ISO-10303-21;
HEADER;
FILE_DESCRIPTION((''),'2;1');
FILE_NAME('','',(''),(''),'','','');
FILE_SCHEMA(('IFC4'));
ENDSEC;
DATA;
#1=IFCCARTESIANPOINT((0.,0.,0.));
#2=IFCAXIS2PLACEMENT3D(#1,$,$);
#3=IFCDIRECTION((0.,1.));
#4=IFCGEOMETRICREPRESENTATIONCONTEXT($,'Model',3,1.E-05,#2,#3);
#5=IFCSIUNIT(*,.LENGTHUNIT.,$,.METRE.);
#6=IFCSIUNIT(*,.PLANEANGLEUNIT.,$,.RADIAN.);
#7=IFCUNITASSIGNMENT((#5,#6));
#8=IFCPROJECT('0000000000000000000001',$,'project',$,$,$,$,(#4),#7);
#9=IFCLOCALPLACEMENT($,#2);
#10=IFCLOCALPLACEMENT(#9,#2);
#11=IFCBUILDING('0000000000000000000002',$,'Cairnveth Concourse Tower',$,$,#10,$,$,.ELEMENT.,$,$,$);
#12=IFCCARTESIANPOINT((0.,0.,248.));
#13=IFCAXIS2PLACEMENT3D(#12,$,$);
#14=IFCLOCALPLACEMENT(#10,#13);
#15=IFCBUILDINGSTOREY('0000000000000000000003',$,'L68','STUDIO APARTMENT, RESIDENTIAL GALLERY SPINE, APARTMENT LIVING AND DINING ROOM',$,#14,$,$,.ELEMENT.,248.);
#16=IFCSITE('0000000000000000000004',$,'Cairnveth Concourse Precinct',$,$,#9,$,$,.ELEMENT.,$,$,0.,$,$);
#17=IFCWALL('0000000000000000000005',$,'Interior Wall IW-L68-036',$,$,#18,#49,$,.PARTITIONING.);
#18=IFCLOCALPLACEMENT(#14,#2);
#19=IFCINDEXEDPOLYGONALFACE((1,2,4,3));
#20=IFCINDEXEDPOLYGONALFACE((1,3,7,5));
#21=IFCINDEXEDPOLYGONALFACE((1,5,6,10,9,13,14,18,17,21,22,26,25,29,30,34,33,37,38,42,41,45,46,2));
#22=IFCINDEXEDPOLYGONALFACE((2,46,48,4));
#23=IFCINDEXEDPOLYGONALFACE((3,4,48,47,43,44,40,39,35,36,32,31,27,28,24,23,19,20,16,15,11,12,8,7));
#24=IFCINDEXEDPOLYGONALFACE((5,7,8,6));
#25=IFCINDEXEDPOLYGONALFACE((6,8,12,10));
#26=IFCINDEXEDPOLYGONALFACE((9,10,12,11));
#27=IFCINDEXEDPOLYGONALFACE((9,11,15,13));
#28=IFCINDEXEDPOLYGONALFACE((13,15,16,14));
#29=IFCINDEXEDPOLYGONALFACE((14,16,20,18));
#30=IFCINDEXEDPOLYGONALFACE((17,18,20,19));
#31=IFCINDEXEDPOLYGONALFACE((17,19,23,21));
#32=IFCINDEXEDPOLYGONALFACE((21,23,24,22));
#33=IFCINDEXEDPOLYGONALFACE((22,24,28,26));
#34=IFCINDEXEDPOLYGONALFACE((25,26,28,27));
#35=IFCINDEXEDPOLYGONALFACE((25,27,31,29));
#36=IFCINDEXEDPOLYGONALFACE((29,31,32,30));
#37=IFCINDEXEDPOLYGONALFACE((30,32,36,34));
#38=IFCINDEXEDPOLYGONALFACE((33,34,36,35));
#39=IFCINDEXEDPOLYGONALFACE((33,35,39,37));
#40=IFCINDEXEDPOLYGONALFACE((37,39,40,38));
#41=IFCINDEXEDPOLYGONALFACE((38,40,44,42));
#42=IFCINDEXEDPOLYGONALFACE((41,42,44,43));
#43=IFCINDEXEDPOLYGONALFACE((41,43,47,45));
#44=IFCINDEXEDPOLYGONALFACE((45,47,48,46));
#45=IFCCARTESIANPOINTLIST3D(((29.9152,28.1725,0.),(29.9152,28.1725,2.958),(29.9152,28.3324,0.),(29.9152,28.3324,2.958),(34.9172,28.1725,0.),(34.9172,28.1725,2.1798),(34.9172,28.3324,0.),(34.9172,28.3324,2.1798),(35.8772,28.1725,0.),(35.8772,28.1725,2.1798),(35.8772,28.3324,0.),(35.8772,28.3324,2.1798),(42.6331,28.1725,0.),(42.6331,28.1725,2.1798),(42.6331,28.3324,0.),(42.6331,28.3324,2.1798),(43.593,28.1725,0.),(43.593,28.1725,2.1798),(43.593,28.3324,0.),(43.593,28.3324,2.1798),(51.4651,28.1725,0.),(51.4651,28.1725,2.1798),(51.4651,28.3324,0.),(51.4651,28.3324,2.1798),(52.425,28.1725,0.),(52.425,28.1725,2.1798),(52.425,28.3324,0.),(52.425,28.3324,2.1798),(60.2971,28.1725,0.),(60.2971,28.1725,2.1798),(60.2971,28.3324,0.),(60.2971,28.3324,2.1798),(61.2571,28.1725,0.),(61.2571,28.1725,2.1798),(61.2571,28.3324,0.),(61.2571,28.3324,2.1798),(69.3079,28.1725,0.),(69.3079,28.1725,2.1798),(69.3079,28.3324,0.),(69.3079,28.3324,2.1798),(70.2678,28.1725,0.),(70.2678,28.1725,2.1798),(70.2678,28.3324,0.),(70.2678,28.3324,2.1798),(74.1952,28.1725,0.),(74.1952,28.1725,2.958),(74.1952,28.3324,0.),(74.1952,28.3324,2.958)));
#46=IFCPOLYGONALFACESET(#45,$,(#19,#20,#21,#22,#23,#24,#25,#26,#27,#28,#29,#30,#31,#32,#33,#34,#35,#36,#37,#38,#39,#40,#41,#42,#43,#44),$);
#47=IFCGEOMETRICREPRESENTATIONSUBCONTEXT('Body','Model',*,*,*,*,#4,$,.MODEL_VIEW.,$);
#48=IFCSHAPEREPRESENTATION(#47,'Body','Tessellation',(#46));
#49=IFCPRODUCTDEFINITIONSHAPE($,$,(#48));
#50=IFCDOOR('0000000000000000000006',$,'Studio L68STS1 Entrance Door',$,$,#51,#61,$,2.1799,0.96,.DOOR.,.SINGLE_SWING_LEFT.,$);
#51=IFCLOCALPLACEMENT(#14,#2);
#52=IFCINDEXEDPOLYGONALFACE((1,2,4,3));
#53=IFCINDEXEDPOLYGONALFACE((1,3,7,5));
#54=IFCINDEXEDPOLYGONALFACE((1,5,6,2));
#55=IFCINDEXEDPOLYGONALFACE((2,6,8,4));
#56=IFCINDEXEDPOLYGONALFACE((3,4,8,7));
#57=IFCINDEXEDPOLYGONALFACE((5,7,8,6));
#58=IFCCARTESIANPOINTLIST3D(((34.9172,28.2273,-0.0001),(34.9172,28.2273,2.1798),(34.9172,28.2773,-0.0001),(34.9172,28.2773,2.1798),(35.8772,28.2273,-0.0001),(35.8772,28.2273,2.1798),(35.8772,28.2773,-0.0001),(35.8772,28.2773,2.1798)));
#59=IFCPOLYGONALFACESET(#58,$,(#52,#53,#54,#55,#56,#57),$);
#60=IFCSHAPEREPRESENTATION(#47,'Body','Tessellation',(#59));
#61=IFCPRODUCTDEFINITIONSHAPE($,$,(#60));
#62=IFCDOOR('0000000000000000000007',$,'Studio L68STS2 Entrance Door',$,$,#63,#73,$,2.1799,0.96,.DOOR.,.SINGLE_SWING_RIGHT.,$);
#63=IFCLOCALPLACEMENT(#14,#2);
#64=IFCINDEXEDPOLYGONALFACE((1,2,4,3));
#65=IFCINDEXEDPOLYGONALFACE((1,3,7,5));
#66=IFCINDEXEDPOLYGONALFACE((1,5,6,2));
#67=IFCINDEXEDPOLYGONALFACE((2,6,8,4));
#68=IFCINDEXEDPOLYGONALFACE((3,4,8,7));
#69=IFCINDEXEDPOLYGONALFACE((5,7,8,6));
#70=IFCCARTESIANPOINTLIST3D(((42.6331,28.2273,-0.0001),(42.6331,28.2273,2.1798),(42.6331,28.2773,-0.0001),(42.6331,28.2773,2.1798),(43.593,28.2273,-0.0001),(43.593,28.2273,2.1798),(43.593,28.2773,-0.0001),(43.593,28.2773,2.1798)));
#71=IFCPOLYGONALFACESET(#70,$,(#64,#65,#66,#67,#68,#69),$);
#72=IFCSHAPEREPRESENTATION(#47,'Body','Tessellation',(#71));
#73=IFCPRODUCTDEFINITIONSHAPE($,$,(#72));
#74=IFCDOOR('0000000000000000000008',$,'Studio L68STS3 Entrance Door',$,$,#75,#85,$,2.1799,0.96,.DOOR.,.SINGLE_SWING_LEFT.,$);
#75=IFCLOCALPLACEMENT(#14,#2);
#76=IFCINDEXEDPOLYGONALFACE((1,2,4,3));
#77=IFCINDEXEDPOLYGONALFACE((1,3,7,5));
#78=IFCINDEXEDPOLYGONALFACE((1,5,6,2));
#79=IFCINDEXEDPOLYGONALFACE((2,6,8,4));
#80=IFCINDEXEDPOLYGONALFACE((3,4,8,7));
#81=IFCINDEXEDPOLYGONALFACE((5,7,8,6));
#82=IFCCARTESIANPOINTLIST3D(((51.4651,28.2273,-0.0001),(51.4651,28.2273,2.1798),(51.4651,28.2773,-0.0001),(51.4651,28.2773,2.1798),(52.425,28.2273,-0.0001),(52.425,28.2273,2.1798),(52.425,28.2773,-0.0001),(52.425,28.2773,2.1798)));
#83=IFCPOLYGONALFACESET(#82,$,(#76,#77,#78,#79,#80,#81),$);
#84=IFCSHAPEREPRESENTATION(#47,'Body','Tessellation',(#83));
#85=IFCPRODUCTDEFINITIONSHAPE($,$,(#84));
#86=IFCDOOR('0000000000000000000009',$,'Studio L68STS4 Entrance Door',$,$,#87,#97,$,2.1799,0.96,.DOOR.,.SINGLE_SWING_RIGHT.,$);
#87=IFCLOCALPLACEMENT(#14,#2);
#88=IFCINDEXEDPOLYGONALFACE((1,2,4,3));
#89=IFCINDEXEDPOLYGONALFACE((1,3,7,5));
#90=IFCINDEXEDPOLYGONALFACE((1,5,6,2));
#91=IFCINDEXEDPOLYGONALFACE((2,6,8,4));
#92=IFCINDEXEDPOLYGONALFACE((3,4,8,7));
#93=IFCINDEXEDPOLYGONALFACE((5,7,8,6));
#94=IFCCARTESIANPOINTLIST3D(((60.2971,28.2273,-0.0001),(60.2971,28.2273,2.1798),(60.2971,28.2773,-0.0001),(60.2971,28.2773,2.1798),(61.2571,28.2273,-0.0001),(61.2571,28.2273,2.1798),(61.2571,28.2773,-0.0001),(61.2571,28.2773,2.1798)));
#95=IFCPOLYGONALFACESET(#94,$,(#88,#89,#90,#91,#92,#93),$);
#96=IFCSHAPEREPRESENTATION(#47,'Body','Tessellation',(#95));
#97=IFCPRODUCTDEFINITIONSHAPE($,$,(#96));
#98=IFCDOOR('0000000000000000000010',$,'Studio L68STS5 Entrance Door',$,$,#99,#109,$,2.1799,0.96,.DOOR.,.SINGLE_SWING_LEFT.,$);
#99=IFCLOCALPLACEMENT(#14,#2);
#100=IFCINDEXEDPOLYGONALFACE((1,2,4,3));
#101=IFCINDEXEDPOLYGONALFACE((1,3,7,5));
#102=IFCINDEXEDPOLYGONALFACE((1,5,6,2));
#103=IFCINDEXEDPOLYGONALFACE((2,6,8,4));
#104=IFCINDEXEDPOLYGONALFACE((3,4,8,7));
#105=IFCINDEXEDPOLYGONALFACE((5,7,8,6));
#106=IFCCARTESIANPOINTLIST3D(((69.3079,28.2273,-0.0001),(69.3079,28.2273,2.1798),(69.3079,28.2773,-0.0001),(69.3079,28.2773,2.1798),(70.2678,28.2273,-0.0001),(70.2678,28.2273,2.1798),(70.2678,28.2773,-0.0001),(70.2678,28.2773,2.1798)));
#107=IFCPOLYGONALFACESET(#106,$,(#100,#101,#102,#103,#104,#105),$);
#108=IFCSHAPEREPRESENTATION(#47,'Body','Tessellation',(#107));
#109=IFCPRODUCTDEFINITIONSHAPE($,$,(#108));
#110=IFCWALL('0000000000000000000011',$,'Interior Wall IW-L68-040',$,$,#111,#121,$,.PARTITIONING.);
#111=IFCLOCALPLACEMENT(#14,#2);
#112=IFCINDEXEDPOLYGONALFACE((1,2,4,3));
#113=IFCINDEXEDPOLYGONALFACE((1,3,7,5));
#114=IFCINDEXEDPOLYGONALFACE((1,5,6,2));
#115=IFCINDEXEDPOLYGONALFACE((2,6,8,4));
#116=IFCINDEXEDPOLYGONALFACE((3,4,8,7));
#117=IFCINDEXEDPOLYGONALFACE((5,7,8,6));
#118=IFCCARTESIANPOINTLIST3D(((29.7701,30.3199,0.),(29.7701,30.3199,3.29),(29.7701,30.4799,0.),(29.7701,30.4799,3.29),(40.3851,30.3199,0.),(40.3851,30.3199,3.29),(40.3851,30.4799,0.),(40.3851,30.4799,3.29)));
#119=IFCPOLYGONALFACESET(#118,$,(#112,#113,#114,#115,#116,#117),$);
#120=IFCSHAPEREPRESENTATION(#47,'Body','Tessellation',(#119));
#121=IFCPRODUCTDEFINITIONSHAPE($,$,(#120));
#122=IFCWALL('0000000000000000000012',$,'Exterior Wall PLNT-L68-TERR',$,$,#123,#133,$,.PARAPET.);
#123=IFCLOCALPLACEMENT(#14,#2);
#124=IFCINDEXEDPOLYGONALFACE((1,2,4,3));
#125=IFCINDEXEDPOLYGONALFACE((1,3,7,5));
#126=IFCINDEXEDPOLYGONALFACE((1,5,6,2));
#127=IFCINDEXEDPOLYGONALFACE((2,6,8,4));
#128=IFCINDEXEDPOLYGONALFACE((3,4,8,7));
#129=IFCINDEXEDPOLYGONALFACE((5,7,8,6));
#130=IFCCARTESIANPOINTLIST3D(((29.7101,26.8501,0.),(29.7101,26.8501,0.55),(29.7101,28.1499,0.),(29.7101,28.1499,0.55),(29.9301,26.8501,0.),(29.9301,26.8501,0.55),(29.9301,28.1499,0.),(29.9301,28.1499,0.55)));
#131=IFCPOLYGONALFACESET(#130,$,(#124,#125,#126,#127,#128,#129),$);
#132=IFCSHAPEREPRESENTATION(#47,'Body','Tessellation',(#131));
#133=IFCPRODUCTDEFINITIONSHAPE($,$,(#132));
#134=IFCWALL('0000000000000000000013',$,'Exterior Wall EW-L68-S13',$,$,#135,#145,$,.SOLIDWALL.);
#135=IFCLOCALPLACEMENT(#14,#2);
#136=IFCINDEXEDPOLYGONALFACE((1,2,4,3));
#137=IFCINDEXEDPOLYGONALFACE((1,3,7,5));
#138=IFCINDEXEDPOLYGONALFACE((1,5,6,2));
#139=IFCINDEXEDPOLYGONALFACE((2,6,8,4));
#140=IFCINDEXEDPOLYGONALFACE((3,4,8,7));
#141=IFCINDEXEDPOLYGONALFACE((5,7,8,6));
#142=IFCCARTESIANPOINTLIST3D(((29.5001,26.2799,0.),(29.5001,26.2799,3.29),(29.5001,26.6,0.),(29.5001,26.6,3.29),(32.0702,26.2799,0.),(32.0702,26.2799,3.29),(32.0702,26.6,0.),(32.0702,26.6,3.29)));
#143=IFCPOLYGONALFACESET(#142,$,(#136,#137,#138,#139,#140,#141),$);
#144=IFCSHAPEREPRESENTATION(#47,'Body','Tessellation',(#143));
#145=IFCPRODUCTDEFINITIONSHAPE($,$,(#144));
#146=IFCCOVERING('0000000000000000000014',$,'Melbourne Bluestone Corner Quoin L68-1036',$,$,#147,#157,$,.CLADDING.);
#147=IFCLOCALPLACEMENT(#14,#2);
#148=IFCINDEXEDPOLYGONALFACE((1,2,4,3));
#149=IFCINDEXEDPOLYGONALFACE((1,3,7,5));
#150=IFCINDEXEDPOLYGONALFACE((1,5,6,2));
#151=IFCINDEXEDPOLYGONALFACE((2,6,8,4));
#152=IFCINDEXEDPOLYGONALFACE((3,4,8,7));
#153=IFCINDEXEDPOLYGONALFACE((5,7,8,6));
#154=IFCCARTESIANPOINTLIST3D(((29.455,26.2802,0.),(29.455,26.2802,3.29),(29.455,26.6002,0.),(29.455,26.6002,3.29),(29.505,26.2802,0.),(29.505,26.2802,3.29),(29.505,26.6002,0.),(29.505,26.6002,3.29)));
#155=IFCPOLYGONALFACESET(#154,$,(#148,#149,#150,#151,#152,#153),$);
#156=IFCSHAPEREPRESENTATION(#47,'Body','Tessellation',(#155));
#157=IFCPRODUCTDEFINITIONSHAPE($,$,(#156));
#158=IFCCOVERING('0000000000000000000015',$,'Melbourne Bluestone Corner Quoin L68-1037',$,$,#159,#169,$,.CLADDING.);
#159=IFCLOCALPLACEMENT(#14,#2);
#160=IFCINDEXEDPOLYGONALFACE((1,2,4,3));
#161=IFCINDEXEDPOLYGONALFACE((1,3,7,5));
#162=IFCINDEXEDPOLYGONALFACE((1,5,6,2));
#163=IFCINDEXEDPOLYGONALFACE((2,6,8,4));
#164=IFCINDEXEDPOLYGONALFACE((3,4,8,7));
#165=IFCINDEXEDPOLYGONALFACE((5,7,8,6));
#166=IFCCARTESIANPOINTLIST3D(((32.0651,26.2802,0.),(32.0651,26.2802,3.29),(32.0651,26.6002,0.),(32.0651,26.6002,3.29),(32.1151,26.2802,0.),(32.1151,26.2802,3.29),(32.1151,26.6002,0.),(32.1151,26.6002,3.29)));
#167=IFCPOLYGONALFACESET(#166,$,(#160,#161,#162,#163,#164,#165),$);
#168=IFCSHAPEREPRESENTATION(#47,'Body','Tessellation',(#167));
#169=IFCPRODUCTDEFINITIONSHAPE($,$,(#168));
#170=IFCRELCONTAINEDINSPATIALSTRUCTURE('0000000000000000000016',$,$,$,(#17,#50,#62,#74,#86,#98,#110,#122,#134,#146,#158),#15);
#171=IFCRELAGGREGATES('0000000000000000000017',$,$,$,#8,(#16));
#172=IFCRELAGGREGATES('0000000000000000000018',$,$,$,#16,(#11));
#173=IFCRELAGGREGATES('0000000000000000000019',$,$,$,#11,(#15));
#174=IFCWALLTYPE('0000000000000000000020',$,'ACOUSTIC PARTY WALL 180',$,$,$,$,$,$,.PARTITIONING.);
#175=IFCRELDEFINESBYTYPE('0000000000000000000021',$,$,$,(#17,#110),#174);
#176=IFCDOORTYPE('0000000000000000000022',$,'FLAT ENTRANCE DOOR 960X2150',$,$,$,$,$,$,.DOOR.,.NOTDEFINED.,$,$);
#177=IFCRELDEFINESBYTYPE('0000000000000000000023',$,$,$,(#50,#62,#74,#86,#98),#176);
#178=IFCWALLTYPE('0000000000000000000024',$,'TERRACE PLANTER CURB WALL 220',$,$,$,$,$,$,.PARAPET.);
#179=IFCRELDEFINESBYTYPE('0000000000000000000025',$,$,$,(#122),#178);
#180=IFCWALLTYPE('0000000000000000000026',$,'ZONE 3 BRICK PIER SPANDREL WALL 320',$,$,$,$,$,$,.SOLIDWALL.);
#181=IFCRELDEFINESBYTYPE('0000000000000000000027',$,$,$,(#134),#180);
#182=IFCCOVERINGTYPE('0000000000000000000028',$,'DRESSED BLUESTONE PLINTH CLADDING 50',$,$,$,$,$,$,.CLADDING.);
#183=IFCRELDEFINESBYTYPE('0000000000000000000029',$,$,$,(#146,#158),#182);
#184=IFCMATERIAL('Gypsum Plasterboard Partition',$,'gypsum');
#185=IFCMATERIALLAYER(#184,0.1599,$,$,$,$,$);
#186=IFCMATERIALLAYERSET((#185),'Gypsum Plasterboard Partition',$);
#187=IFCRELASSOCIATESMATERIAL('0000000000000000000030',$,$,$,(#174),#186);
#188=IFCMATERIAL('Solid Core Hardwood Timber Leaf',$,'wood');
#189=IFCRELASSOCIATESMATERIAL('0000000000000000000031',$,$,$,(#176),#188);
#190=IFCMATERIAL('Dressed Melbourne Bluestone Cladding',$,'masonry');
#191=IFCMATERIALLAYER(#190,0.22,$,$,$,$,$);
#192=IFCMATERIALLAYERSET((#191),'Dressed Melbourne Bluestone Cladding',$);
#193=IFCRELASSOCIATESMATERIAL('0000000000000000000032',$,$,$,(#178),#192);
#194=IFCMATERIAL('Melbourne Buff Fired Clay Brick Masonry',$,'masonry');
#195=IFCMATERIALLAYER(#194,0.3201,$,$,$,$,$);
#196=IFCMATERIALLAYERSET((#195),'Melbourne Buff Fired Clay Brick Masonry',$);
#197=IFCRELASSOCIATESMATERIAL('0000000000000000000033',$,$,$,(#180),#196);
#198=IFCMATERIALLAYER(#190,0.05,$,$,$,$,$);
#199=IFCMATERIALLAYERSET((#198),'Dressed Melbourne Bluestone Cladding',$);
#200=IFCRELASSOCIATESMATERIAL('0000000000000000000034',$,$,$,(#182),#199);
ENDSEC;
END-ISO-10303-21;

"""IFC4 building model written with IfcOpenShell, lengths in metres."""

from ifc_helpers import new_model, si_unit, direction, frame, frame_2d, origin, place, context, subcontext, project, spatial, rectangle, extrude, material, layer, layer_set, type_object, element, fill, save


model = new_model("IFC4")

# Units and contexts
model_context = context("Model", 3, precision=1e-05, world=origin(), true_north=direction((0.0, 1.0)))
body_context = subcontext(model_context, "Body", "Model", "MODEL_VIEW")
ifc_project = project(units=[si_unit("LENGTHUNIT", "METRE"), si_unit("PLANEANGLEUNIT", "RADIAN")], contexts=[model_context])

# Site, building, storey
site_placement = place(None, origin())
site = spatial("IfcSite", under=ifc_project, at=site_placement, Name="Cairnveth Concourse Precinct", CompositionType="ELEMENT", RefElevation=0.0)
building_placement = place(site_placement, origin())
building = spatial("IfcBuilding", under=site, at=building_placement, Name="Cairnveth Concourse Tower", CompositionType="ELEMENT")
storey_placement = place(building_placement, frame((0.0, 0.0, 248.0)))
storey = spatial("IfcBuildingStorey", under=building, at=storey_placement, Name="L68", Description="STUDIO APARTMENT, RESIDENTIAL GALLERY SPINE, APARTMENT LIVING AND DINING ROOM", CompositionType="ELEMENT", Elevation=248.0)

# Wall, openings, doors
ifc_material_1 = material(Name="Gypsum Plasterboard Partition", Category="gypsum")
ifc_layer_1 = layer(ifc_material_1, 0.1599)
ifc_layer_set_1 = layer_set([ifc_layer_1], Name="Gypsum Plasterboard Partition")
wall_type_1 = type_object("IfcWallType", Name="ACOUSTIC PARTY WALL 180", PredefinedType="PARTITIONING", material=ifc_layer_set_1)
wall_1_placement = place(storey_placement, frame((29.915, 28.2524, 0.0), z_axis=(0.0, 0.0, 1.0), x_axis=(1.0, 0.0, 0.0)))
wall_1 = element("IfcWall", 1, at=wall_1_placement, inside=storey, type_object=wall_type_1, Name="Interior Wall IW-L68-036", PredefinedType="PARTITIONING", context=body_context, shape_type="SweptSolid", body=[
    extrude(rectangle(XDim=44.28, YDim=0.1599, at=frame_2d((22.1401, 0.0))), origin(), (0.0, 0.0, 1.0), 2.958),
])
opening_1_placement = place(wall_1_placement, frame((5.0022, 0.0, 0.0)))
opening_1 = element("IfcOpeningElement", 2, at=opening_1_placement, cuts=wall_1, PredefinedType="OPENING", context=body_context, shape_type="SweptSolid", body=[
    extrude(rectangle(XDim=0.96, YDim=2.1799, at=frame_2d((0.48, 1.0898))), frame((0.0, 0.0898, 0.0), z_axis=(0.0, -1.0, 0.0), x_axis=(1.0, 0.0, 0.0)), (0.0, 0.0, 1.0), 0.1799),
])
opening_2_placement = place(wall_1_placement, frame((12.718, 0.0, 0.0)))
opening_2 = element("IfcOpeningElement", 3, at=opening_2_placement, cuts=wall_1, PredefinedType="OPENING", context=body_context, shape_type="SweptSolid", body=[
    extrude(rectangle(XDim=0.96, YDim=2.1799, at=frame_2d((0.48, 1.0898))), frame((0.0, 0.0898, 0.0), z_axis=(0.0, -1.0, 0.0), x_axis=(1.0, 0.0, 0.0)), (0.0, 0.0, 1.0), 0.1799),
])
opening_3_placement = place(wall_1_placement, frame((21.55, 0.0, 0.0)))
opening_3 = element("IfcOpeningElement", 4, at=opening_3_placement, cuts=wall_1, PredefinedType="OPENING", context=body_context, shape_type="SweptSolid", body=[
    extrude(rectangle(XDim=0.96, YDim=2.1799, at=frame_2d((0.48, 1.0898))), frame((0.0, 0.0898, 0.0), z_axis=(0.0, -1.0, 0.0), x_axis=(1.0, 0.0, 0.0)), (0.0, 0.0, 1.0), 0.1799),
])
opening_4_placement = place(wall_1_placement, frame((30.3821, 0.0, 0.0)))
opening_4 = element("IfcOpeningElement", 5, at=opening_4_placement, cuts=wall_1, PredefinedType="OPENING", context=body_context, shape_type="SweptSolid", body=[
    extrude(rectangle(XDim=0.96, YDim=2.1799, at=frame_2d((0.48, 1.0898))), frame((0.0, 0.0898, 0.0), z_axis=(0.0, -1.0, 0.0), x_axis=(1.0, 0.0, 0.0)), (0.0, 0.0, 1.0), 0.1799),
])
opening_5_placement = place(wall_1_placement, frame((39.3928, 0.0, 0.0)))
opening_5 = element("IfcOpeningElement", 6, at=opening_5_placement, cuts=wall_1, PredefinedType="OPENING", context=body_context, shape_type="SweptSolid", body=[
    extrude(rectangle(XDim=0.96, YDim=2.1799, at=frame_2d((0.48, 1.0898))), frame((0.0, 0.0898, 0.0), z_axis=(0.0, -1.0, 0.0), x_axis=(1.0, 0.0, 0.0)), (0.0, 0.0, 1.0), 0.1799),
])
ifc_material_2 = material(Name="Solid Core Hardwood Timber Leaf", Category="wood")
door_type_1 = type_object("IfcDoorType", Name="FLAT ENTRANCE DOOR 960X2150", OperationType="NOTDEFINED", PredefinedType="DOOR", material=ifc_material_2)
door_1_placement = place(opening_1_placement, origin())
door_1 = element("IfcDoor", 7, at=door_1_placement, inside=storey, type_object=door_type_1, Name="Studio L68STS1 Entrance Door", OperationType="SINGLE_SWING_LEFT", OverallHeight=2.1799, OverallWidth=0.96, PredefinedType="DOOR", context=body_context, shape_type="SweptSolid", body=[
    extrude(rectangle(XDim=0.96, YDim=2.1799, at=frame_2d((0.48, 1.0898))), frame((0.0, 0.0249, 0.0), z_axis=(0.0, -1.0, 0.0), x_axis=(1.0, 0.0, 0.0)), (0.0, 0.0, 1.0), 0.05),
])
fill(opening_1, door_1)
door_2_placement = place(opening_2_placement, origin())
door_2 = element("IfcDoor", 8, at=door_2_placement, inside=storey, type_object=door_type_1, Name="Studio L68STS2 Entrance Door", OperationType="SINGLE_SWING_RIGHT", OverallHeight=2.1799, OverallWidth=0.96, PredefinedType="DOOR", context=body_context, shape_type="SweptSolid", body=[
    extrude(rectangle(XDim=0.96, YDim=2.1799, at=frame_2d((0.48, 1.0898))), frame((0.0, 0.0249, 0.0), z_axis=(0.0, -1.0, 0.0), x_axis=(1.0, 0.0, 0.0)), (0.0, 0.0, 1.0), 0.05),
])
fill(opening_2, door_2)
door_3_placement = place(opening_3_placement, origin())
door_3 = element("IfcDoor", 9, at=door_3_placement, inside=storey, type_object=door_type_1, Name="Studio L68STS3 Entrance Door", OperationType="SINGLE_SWING_LEFT", OverallHeight=2.1799, OverallWidth=0.96, PredefinedType="DOOR", context=body_context, shape_type="SweptSolid", body=[
    extrude(rectangle(XDim=0.96, YDim=2.1799, at=frame_2d((0.48, 1.0898))), frame((0.0, 0.0249, 0.0), z_axis=(0.0, -1.0, 0.0), x_axis=(1.0, 0.0, 0.0)), (0.0, 0.0, 1.0), 0.05),
])
fill(opening_3, door_3)
door_4_placement = place(opening_4_placement, origin())
door_4 = element("IfcDoor", 10, at=door_4_placement, inside=storey, type_object=door_type_1, Name="Studio L68STS4 Entrance Door", OperationType="SINGLE_SWING_RIGHT", OverallHeight=2.1799, OverallWidth=0.96, PredefinedType="DOOR", context=body_context, shape_type="SweptSolid", body=[
    extrude(rectangle(XDim=0.96, YDim=2.1799, at=frame_2d((0.48, 1.0898))), frame((0.0, 0.0249, 0.0), z_axis=(0.0, -1.0, 0.0), x_axis=(1.0, 0.0, 0.0)), (0.0, 0.0, 1.0), 0.05),
])
fill(opening_4, door_4)
door_5_placement = place(opening_5_placement, origin())
door_5 = element("IfcDoor", 11, at=door_5_placement, inside=storey, type_object=door_type_1, Name="Studio L68STS5 Entrance Door", OperationType="SINGLE_SWING_LEFT", OverallHeight=2.1799, OverallWidth=0.96, PredefinedType="DOOR", context=body_context, shape_type="SweptSolid", body=[
    extrude(rectangle(XDim=0.96, YDim=2.1799, at=frame_2d((0.48, 1.0898))), frame((0.0, 0.0249, 0.0), z_axis=(0.0, -1.0, 0.0), x_axis=(1.0, 0.0, 0.0)), (0.0, 0.0, 1.0), 0.05),
])
fill(opening_5, door_5)

# Walls
wall_2_placement = place(storey_placement, frame((29.77, 30.3999, 0.0), z_axis=(0.0, 0.0, 1.0), x_axis=(1.0, 0.0, 0.0)))
element("IfcWall", 12, at=wall_2_placement, inside=storey, type_object=wall_type_1, Name="Interior Wall IW-L68-040", PredefinedType="PARTITIONING", context=body_context, shape_type="SweptSolid", body=[
    extrude(rectangle(XDim=10.615, YDim=0.1599, at=frame_2d((5.3076, 0.0))), origin(), (0.0, 0.0, 1.0), 3.29),
])
ifc_material_3 = material(Name="Dressed Melbourne Bluestone Cladding", Category="masonry")
ifc_layer_2 = layer(ifc_material_3, 0.22)
ifc_layer_set_2 = layer_set([ifc_layer_2], Name="Dressed Melbourne Bluestone Cladding")
wall_type_2 = type_object("IfcWallType", Name="TERRACE PLANTER CURB WALL 220", PredefinedType="PARAPET", material=ifc_layer_set_2)
wall_3_placement = place(storey_placement, frame((29.8201, 26.8501, 0.0), z_axis=(0.0, 0.0, 1.0), x_axis=(0.0, 1.0, 0.0)))
element("IfcWall", 13, at=wall_3_placement, inside=storey, type_object=wall_type_2, Name="Exterior Wall PLNT-L68-TERR", PredefinedType="PARAPET", context=body_context, shape_type="SweptSolid", body=[
    extrude(rectangle(XDim=1.2998, YDim=0.22, at=frame_2d((0.6499, 0.0))), origin(), (0.0, 0.0, 1.0), 0.55),
])
ifc_material_4 = material(Name="Melbourne Buff Fired Clay Brick Masonry", Category="masonry")
ifc_layer_3 = layer(ifc_material_4, 0.3201)
ifc_layer_set_3 = layer_set([ifc_layer_3], Name="Melbourne Buff Fired Clay Brick Masonry")
wall_type_3 = type_object("IfcWallType", Name="ZONE 3 BRICK PIER SPANDREL WALL 320", PredefinedType="SOLIDWALL", material=ifc_layer_set_3)
wall_4_placement = place(storey_placement, frame((29.5, 26.4399, 0.0), z_axis=(0.0, 0.0, 1.0), x_axis=(1.0, 0.0, 0.0)))
element("IfcWall", 14, at=wall_4_placement, inside=storey, type_object=wall_type_3, Name="Exterior Wall EW-L68-S13", PredefinedType="SOLIDWALL", context=body_context, shape_type="SweptSolid", body=[
    extrude(rectangle(XDim=2.5701, YDim=0.3201, at=frame_2d((1.2852, 0.0))), origin(), (0.0, 0.0, 1.0), 3.29),
])

# Coverings
ifc_layer_4 = layer(ifc_material_3, 0.05)
ifc_layer_set_4 = layer_set([ifc_layer_4], Name="Dressed Melbourne Bluestone Cladding")
covering_type = type_object("IfcCoveringType", Name="DRESSED BLUESTONE PLINTH CLADDING 50", PredefinedType="CLADDING", material=ifc_layer_set_4)
for number, where, z_axis, x_axis, name in (
    (15, (29.48, 26.28, 0.0), (0.0, 0.0, 1.0), (0.0, 1.0, 0.0), "Melbourne Bluestone Corner Quoin L68-1036"),
    (16, (32.0901, 26.28, 0.0), (0.0, 0.0, 1.0), (0.0, 1.0, 0.0), "Melbourne Bluestone Corner Quoin L68-1037"),
):
    element("IfcCovering", number, at=place(storey_placement, frame(where, z_axis=z_axis, x_axis=x_axis)), inside=storey, type_object=covering_type, Name=name, PredefinedType="CLADDING", context=body_context, shape_type="SweptSolid", body=[
        extrude(rectangle(XDim=0.3201, YDim=0.05, at=frame_2d((0.1602, 0.0))), origin(), (0.0, 0.0, 1.0), 3.29),
    ])

save(model, "model.ifc")
